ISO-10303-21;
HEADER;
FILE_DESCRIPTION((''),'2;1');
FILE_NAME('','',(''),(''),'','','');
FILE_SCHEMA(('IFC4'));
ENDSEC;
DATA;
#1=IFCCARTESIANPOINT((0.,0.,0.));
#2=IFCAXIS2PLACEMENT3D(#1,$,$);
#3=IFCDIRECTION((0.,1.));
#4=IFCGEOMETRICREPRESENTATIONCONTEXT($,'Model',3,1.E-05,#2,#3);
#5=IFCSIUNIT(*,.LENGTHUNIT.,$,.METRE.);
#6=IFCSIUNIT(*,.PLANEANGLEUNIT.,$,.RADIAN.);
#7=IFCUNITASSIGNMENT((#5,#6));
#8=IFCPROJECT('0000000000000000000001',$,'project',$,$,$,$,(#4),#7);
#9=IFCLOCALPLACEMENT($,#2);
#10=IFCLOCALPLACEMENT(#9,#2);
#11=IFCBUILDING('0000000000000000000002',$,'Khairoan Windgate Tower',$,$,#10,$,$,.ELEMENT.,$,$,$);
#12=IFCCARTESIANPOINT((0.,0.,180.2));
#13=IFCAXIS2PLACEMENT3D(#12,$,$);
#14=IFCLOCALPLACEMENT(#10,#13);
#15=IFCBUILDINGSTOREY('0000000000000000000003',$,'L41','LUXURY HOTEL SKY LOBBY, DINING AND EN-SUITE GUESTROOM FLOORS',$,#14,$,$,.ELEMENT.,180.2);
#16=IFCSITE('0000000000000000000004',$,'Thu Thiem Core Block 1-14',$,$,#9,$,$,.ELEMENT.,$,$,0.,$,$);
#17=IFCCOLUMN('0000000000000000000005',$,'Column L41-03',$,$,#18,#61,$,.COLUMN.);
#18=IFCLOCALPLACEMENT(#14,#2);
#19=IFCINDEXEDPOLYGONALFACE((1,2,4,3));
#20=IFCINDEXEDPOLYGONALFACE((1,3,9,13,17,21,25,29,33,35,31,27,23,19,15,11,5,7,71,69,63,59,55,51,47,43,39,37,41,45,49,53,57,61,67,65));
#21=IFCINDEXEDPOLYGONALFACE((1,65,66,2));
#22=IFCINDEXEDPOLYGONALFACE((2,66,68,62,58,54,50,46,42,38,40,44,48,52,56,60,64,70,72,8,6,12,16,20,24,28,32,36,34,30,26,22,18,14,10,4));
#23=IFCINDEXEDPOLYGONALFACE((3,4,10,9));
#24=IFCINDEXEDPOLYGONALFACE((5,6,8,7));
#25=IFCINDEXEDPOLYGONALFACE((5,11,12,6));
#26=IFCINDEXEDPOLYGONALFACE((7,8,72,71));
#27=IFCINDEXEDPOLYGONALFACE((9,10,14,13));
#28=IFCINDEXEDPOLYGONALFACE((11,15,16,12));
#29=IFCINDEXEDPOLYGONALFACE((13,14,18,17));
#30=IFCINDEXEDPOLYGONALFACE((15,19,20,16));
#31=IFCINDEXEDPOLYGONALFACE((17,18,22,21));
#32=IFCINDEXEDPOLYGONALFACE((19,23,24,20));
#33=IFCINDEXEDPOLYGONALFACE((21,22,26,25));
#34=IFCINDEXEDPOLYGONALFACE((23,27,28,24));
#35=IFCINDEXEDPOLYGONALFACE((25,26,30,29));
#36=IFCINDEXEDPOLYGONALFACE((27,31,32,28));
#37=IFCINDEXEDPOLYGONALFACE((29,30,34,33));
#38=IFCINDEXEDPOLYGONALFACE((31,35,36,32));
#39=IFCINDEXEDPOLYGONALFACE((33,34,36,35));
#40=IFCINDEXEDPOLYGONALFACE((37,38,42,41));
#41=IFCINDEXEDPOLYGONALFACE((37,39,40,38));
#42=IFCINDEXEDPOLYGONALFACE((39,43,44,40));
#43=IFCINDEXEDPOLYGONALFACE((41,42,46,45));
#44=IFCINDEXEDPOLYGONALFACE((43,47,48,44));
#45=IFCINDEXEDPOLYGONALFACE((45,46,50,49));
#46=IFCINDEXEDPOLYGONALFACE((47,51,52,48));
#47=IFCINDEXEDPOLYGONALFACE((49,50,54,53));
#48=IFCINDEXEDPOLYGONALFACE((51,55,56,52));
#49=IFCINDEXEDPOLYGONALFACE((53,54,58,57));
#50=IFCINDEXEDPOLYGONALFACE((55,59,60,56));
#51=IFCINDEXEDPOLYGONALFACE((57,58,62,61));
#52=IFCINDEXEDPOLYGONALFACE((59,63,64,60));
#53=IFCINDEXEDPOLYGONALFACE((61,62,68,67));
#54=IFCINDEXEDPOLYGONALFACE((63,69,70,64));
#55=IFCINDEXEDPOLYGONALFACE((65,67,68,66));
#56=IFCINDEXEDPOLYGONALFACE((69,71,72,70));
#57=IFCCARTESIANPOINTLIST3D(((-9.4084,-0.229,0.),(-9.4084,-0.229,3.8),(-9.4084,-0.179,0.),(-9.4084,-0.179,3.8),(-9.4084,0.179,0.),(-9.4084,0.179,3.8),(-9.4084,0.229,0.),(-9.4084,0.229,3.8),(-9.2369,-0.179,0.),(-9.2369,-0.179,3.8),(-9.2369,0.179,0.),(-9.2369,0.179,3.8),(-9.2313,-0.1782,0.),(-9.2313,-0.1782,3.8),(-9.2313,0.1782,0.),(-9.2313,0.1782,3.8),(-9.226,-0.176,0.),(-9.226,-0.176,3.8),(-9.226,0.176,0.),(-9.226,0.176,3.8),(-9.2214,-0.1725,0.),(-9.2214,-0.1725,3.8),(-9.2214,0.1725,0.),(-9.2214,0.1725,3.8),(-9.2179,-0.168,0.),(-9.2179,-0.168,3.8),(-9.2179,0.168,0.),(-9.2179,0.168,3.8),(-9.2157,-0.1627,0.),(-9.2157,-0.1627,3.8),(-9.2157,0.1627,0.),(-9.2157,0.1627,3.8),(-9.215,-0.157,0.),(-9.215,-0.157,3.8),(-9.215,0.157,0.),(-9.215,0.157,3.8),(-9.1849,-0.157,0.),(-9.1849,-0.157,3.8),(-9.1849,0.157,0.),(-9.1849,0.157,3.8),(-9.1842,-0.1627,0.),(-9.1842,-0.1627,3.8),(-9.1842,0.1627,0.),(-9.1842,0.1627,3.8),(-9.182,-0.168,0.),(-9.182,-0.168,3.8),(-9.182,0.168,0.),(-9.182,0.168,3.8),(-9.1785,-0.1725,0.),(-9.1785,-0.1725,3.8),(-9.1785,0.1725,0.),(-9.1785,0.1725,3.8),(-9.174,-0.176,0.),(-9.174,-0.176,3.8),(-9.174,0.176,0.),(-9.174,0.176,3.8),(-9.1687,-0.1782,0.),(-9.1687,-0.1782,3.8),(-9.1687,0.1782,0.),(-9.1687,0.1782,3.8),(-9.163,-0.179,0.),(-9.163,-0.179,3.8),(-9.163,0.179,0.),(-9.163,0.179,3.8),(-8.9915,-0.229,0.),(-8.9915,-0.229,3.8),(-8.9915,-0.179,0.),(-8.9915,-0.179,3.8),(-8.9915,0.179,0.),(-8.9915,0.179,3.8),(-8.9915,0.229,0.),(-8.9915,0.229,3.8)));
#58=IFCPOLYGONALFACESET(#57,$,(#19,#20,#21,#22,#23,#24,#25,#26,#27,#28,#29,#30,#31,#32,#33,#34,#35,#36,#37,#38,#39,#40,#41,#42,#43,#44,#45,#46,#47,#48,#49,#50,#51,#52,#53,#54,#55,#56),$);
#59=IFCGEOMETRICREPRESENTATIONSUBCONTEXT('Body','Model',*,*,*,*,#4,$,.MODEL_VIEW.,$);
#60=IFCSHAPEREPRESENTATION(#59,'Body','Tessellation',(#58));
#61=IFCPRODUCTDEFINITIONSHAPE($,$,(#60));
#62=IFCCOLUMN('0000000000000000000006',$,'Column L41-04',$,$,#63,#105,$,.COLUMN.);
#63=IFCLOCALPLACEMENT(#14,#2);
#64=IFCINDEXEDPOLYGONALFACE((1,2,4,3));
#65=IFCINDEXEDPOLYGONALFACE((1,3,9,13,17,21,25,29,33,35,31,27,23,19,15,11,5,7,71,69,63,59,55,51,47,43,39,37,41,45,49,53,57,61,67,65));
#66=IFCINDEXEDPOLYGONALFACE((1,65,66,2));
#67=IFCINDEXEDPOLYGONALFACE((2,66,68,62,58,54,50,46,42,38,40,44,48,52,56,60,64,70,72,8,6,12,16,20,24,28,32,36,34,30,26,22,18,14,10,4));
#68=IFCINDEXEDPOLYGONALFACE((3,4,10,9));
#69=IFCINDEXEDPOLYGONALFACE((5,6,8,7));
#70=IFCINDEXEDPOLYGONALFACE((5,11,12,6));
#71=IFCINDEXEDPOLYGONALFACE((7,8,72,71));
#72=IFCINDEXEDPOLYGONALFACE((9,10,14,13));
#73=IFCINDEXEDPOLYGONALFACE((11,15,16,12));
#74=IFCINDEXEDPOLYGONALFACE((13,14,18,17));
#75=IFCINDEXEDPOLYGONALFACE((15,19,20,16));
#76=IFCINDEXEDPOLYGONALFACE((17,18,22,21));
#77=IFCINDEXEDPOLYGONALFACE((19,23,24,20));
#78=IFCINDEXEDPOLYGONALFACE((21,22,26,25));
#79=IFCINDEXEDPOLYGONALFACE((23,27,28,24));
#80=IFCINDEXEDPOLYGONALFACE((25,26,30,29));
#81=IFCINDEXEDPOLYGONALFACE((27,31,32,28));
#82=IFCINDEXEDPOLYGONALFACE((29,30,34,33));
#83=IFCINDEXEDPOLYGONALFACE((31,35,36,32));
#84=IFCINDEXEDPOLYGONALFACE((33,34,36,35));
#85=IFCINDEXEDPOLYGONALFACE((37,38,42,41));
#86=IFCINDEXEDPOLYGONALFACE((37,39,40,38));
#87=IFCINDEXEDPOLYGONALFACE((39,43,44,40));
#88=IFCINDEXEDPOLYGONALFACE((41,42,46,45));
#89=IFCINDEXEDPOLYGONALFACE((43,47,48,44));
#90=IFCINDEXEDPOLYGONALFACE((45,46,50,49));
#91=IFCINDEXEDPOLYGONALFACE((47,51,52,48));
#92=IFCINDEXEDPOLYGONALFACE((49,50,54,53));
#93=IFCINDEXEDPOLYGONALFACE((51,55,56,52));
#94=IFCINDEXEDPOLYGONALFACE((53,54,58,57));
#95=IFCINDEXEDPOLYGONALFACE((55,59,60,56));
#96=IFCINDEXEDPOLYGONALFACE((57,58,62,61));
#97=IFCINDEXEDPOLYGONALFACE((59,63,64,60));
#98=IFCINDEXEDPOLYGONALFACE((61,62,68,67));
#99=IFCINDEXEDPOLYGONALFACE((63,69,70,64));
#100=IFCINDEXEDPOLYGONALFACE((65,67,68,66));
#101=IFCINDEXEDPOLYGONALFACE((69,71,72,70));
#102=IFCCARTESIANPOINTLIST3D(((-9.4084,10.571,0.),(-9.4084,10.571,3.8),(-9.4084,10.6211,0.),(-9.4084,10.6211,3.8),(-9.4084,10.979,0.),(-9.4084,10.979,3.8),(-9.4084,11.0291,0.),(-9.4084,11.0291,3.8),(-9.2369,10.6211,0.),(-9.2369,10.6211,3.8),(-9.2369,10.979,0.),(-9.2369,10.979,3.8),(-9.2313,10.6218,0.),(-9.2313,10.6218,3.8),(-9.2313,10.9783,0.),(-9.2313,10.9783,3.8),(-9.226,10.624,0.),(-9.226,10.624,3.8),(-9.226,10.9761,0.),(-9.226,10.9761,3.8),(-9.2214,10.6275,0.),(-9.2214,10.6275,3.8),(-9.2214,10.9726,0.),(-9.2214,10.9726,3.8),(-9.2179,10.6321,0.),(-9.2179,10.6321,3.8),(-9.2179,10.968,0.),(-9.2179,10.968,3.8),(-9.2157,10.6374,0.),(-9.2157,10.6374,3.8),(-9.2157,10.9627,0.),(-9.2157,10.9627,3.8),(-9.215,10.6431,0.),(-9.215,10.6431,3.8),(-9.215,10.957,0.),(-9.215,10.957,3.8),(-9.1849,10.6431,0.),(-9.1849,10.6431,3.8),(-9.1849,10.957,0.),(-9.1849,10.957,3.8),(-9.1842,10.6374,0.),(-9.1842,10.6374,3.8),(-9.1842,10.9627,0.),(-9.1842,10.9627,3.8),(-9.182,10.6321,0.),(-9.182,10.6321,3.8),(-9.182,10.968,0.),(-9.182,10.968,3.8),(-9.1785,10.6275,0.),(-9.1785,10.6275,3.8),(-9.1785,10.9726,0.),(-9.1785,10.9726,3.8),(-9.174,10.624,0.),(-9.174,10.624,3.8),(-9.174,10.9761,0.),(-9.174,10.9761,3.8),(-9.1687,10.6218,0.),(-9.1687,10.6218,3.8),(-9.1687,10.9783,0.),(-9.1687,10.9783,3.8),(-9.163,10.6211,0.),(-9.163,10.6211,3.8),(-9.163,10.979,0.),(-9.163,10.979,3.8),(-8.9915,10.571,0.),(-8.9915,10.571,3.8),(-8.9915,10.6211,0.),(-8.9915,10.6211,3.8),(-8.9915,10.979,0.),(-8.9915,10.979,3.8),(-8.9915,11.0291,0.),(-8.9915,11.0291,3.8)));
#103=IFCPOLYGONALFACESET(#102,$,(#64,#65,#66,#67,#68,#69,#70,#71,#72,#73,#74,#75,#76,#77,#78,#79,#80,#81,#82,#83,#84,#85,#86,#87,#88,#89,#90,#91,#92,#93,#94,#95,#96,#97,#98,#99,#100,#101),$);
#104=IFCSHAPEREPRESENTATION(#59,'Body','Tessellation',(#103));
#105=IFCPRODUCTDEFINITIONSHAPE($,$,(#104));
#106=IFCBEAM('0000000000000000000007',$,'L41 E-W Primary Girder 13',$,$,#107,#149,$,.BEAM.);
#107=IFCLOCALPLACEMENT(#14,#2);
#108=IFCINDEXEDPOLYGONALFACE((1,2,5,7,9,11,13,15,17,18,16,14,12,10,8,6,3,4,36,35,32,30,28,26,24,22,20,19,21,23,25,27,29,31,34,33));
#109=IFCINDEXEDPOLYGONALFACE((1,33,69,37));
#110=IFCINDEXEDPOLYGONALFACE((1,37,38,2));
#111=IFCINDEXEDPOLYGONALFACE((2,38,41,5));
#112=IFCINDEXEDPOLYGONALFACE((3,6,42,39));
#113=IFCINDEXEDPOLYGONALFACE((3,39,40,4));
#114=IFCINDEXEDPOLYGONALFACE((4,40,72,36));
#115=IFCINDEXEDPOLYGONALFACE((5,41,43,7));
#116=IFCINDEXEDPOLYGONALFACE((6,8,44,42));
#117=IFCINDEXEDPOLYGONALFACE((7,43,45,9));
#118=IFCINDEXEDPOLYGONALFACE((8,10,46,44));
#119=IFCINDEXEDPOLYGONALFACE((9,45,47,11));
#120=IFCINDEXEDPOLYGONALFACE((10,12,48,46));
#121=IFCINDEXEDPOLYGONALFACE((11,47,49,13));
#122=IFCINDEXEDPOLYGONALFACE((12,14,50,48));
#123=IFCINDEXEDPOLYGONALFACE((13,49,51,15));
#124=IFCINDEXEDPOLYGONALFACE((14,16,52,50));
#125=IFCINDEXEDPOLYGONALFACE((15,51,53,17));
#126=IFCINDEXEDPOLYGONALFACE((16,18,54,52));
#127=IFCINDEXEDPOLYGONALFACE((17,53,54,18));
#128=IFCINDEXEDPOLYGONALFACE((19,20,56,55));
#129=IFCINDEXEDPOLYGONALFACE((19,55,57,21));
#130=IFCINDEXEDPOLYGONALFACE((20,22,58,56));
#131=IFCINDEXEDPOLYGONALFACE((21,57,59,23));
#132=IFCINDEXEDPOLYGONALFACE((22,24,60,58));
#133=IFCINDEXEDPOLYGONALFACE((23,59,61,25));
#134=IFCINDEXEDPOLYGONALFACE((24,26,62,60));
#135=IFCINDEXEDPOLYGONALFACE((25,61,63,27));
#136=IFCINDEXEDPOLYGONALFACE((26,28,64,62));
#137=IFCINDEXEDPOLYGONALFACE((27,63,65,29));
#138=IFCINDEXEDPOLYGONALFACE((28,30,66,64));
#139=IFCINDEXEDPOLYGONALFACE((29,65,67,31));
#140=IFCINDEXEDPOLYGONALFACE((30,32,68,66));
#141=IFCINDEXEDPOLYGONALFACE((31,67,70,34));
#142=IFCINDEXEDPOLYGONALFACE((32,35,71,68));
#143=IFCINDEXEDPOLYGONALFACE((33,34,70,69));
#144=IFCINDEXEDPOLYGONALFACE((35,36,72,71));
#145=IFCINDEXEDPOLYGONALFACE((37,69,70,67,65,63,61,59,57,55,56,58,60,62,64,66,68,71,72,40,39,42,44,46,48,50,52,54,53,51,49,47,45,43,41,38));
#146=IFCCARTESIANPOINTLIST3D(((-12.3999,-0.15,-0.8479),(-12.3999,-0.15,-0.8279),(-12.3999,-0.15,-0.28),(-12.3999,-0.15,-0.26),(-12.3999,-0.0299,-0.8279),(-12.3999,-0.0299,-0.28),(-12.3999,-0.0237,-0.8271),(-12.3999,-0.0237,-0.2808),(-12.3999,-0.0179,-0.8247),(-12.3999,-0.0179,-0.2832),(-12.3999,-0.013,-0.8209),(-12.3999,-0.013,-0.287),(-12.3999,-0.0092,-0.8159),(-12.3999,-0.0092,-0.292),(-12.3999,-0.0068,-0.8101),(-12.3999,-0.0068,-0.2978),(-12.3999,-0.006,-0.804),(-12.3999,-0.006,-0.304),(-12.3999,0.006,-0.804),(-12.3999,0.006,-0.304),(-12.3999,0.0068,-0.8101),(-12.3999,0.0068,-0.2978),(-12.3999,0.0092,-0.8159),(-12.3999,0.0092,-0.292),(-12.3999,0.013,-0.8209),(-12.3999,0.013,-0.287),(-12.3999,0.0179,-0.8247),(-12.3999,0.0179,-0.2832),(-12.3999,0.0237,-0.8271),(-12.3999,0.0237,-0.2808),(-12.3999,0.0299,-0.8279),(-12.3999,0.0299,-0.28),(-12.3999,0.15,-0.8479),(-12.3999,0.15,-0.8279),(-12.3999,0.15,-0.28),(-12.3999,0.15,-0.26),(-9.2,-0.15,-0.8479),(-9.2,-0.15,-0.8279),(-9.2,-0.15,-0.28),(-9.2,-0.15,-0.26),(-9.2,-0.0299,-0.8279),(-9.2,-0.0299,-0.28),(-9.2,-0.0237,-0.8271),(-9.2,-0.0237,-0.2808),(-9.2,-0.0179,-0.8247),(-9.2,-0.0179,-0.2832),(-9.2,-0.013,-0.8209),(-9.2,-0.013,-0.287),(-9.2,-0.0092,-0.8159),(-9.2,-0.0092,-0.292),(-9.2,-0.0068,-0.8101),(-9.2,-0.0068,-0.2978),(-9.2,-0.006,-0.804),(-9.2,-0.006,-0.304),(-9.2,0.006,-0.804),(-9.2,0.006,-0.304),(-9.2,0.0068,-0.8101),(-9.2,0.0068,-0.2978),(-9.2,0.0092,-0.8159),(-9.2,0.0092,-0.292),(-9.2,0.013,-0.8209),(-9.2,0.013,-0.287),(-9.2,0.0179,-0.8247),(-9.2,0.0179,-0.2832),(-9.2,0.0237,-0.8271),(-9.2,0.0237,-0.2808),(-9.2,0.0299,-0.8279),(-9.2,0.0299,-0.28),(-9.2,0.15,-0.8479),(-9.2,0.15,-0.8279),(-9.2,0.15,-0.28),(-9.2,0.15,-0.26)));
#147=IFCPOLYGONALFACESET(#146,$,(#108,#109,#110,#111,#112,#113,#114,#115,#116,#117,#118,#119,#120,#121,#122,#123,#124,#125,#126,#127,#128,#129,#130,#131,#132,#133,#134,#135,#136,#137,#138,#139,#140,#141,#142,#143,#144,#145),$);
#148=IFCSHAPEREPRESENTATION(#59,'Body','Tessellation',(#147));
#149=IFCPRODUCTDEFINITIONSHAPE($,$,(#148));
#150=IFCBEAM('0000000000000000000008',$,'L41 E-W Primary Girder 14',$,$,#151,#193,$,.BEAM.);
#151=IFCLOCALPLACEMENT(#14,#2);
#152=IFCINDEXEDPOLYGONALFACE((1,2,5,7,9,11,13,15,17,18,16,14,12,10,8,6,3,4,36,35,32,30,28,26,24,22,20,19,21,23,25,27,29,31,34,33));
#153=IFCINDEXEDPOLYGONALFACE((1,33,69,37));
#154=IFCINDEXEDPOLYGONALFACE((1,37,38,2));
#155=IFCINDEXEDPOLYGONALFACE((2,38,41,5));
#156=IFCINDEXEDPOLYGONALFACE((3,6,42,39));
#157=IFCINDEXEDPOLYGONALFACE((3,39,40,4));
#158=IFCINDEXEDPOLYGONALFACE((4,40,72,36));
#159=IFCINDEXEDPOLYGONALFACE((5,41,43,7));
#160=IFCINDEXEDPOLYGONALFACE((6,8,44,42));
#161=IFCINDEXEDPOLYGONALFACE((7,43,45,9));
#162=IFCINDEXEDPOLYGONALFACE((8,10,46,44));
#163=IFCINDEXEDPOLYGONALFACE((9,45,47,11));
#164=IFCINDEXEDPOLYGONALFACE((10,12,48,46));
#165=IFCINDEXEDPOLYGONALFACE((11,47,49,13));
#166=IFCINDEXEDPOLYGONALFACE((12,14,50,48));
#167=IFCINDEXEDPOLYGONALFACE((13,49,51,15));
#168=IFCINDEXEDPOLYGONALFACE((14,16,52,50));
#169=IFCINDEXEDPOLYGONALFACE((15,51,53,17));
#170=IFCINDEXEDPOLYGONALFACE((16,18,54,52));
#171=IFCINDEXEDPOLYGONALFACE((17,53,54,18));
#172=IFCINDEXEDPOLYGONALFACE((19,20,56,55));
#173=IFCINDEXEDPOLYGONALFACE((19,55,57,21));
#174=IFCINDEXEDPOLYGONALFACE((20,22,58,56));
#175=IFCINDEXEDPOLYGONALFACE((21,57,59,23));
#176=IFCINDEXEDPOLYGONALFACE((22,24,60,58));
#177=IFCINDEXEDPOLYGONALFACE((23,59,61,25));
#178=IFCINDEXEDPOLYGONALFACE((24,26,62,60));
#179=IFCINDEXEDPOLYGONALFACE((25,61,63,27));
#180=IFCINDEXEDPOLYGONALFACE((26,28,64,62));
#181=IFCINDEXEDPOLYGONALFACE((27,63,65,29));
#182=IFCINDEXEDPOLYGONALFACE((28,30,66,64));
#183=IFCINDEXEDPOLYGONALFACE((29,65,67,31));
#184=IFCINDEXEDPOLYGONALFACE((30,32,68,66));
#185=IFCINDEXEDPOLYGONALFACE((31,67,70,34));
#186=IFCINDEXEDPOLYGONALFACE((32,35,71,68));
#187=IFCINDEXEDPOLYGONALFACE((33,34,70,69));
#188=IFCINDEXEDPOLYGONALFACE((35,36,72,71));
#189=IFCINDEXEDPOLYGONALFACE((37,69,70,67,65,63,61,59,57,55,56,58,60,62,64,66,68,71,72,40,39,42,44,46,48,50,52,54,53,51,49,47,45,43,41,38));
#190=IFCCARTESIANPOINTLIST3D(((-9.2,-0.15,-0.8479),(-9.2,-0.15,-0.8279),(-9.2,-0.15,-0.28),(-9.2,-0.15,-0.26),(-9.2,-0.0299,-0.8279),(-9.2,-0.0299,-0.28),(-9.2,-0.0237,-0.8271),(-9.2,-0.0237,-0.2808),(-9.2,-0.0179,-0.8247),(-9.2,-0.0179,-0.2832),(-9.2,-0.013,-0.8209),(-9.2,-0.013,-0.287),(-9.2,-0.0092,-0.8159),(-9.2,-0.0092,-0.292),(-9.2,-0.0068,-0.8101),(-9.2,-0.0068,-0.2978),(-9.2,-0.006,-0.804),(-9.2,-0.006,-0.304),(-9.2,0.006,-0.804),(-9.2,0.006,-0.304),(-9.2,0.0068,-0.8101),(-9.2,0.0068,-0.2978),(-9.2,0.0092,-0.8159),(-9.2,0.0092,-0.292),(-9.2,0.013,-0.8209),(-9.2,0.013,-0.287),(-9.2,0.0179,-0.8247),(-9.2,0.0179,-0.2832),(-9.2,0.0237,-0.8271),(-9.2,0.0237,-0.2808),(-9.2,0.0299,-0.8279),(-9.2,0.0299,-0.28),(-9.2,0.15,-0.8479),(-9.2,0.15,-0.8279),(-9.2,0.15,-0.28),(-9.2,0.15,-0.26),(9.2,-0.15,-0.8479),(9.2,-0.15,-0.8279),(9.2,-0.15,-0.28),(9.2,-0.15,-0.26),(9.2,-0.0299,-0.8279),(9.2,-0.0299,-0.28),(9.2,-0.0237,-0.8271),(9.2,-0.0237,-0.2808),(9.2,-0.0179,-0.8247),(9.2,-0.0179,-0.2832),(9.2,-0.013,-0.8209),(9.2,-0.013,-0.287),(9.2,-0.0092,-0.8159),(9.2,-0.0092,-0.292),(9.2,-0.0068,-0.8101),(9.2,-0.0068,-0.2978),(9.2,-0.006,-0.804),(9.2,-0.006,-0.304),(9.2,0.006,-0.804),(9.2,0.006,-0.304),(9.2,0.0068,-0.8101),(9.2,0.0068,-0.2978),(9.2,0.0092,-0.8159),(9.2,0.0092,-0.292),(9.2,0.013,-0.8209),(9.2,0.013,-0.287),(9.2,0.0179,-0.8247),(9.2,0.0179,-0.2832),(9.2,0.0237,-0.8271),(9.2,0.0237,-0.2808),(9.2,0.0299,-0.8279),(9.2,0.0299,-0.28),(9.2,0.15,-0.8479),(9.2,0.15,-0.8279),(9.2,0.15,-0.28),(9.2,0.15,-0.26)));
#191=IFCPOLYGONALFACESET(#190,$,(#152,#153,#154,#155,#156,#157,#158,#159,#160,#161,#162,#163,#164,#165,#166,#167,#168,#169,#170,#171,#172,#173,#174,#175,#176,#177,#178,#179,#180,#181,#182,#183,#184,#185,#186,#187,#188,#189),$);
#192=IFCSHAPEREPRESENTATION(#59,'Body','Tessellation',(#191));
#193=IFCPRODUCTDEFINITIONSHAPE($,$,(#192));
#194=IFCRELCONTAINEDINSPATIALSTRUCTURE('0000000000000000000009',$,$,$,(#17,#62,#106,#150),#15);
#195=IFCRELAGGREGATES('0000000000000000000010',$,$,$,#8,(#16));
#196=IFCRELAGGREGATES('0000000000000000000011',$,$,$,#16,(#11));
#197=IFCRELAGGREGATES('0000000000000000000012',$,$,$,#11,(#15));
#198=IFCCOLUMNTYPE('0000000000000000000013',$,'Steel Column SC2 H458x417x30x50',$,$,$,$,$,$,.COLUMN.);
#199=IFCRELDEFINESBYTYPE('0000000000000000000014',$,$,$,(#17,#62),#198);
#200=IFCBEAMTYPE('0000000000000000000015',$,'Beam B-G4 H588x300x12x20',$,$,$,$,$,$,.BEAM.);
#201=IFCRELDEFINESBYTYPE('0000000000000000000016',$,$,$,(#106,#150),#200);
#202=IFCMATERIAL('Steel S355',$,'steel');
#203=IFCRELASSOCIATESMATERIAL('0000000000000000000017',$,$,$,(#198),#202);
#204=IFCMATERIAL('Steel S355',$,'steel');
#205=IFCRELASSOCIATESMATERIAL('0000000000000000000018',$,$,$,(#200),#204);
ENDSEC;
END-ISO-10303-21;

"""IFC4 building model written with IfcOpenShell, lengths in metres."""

from ifc_helpers import new_model, si_unit, direction, frame, origin, origin_2d, place, context, subcontext, project, spatial, i_section, extrude, material, material_profile, profile_set, type_object, element, save


model = new_model("IFC4")

# Units and contexts
model_context = context("Model", 3, precision=1e-05, world=origin(), true_north=direction((0.0, 1.0)))
body_context = subcontext(model_context, "Body", "Model", "MODEL_VIEW")
ifc_project = project(units=[si_unit("LENGTHUNIT", "METRE"), si_unit("PLANEANGLEUNIT", "RADIAN")], contexts=[model_context])

# Site, building, storey
site_placement = place(None, origin())
site = spatial("IfcSite", under=ifc_project, at=site_placement, Name="Thu Thiem Core Block 1-14", CompositionType="ELEMENT", RefElevation=0.0)
building_placement = place(site_placement, origin())
building = spatial("IfcBuilding", under=site, at=building_placement, Name="Khairoan Windgate Tower", CompositionType="ELEMENT")
storey_placement = place(building_placement, frame((0.0, 0.0, 180.2)))
storey = spatial("IfcBuildingStorey", under=building, at=storey_placement, Name="L41", Description="LUXURY HOTEL SKY LOBBY, DINING AND EN-SUITE GUESTROOM FLOORS", CompositionType="ELEMENT", Elevation=180.2)

# Columns
ifc_material_1 = material(Name="Steel S355", Category="steel")
ifc_material_profile_1 = material_profile(ifc_material_1, i_section(OverallWidth=0.417, OverallDepth=0.458, WebThickness=0.03, FlangeThickness=0.05, FilletRadius=0.022, at=origin_2d()))
ifc_profile_set_1 = profile_set([ifc_material_profile_1], Name="Steel S355")
column_type = type_object("IfcColumnType", Name="Steel Column SC2 H458x417x30x50", PredefinedType="COLUMN", material=ifc_profile_set_1)
for number, where, z_axis, x_axis, name in (
    (1, (-9.2, 0.0, 0.0), (0.0, 0.0, 1.0), (1.0, 0.0, 0.0), "Column L41-03"),
    (2, (-9.2, 10.8, 0.0), (0.0, 0.0, 1.0), (1.0, 0.0, 0.0), "Column L41-04"),
):
    element("IfcColumn", number, at=place(storey_placement, frame(where, z_axis=z_axis, x_axis=x_axis)), inside=storey, type_object=column_type, Name=name, PredefinedType="COLUMN", context=body_context, shape_type="SweptSolid", body=[
        extrude(i_section(OverallWidth=0.417, OverallDepth=0.458, WebThickness=0.03, FlangeThickness=0.05, FilletRadius=0.022, at=origin_2d()), origin(), (0.0, 0.0, 1.0), 3.8),
    ])

# Beams
ifc_material_2 = material(Name="Steel S355", Category="steel")
ifc_material_profile_2 = material_profile(ifc_material_2, i_section(OverallWidth=0.3, OverallDepth=0.5879, WebThickness=0.012, FlangeThickness=0.02, FilletRadius=0.0239, at=origin_2d()))
ifc_profile_set_2 = profile_set([ifc_material_profile_2], Name="Steel S355")
beam_type = type_object("IfcBeamType", Name="Beam B-G4 H588x300x12x20", PredefinedType="BEAM", material=ifc_profile_set_2)
beam_1_placement = place(storey_placement, frame((-12.3999, 0.0, -0.554), z_axis=(1.0, 0.0, 0.0), x_axis=(0.0, 1.0, 0.0)))
element("IfcBeam", 3, at=beam_1_placement, inside=storey, type_object=beam_type, Name="L41 E-W Primary Girder 13", PredefinedType="BEAM", context=body_context, shape_type="SweptSolid", body=[
    extrude(i_section(OverallWidth=0.3, OverallDepth=0.5879, WebThickness=0.012, FlangeThickness=0.02, FilletRadius=0.0239, at=origin_2d()), origin(), (0.0, 0.0, 1.0), 3.2),
])
beam_2_placement = place(storey_placement, frame((-9.2, 0.0, -0.554), z_axis=(1.0, 0.0, 0.0), x_axis=(0.0, 1.0, 0.0)))
element("IfcBeam", 4, at=beam_2_placement, inside=storey, type_object=beam_type, Name="L41 E-W Primary Girder 14", PredefinedType="BEAM", context=body_context, shape_type="SweptSolid", body=[
    extrude(i_section(OverallWidth=0.3, OverallDepth=0.5879, WebThickness=0.012, FlangeThickness=0.02, FilletRadius=0.0239, at=origin_2d()), origin(), (0.0, 0.0, 1.0), 18.3999),
])

save(model, "model.ifc")
